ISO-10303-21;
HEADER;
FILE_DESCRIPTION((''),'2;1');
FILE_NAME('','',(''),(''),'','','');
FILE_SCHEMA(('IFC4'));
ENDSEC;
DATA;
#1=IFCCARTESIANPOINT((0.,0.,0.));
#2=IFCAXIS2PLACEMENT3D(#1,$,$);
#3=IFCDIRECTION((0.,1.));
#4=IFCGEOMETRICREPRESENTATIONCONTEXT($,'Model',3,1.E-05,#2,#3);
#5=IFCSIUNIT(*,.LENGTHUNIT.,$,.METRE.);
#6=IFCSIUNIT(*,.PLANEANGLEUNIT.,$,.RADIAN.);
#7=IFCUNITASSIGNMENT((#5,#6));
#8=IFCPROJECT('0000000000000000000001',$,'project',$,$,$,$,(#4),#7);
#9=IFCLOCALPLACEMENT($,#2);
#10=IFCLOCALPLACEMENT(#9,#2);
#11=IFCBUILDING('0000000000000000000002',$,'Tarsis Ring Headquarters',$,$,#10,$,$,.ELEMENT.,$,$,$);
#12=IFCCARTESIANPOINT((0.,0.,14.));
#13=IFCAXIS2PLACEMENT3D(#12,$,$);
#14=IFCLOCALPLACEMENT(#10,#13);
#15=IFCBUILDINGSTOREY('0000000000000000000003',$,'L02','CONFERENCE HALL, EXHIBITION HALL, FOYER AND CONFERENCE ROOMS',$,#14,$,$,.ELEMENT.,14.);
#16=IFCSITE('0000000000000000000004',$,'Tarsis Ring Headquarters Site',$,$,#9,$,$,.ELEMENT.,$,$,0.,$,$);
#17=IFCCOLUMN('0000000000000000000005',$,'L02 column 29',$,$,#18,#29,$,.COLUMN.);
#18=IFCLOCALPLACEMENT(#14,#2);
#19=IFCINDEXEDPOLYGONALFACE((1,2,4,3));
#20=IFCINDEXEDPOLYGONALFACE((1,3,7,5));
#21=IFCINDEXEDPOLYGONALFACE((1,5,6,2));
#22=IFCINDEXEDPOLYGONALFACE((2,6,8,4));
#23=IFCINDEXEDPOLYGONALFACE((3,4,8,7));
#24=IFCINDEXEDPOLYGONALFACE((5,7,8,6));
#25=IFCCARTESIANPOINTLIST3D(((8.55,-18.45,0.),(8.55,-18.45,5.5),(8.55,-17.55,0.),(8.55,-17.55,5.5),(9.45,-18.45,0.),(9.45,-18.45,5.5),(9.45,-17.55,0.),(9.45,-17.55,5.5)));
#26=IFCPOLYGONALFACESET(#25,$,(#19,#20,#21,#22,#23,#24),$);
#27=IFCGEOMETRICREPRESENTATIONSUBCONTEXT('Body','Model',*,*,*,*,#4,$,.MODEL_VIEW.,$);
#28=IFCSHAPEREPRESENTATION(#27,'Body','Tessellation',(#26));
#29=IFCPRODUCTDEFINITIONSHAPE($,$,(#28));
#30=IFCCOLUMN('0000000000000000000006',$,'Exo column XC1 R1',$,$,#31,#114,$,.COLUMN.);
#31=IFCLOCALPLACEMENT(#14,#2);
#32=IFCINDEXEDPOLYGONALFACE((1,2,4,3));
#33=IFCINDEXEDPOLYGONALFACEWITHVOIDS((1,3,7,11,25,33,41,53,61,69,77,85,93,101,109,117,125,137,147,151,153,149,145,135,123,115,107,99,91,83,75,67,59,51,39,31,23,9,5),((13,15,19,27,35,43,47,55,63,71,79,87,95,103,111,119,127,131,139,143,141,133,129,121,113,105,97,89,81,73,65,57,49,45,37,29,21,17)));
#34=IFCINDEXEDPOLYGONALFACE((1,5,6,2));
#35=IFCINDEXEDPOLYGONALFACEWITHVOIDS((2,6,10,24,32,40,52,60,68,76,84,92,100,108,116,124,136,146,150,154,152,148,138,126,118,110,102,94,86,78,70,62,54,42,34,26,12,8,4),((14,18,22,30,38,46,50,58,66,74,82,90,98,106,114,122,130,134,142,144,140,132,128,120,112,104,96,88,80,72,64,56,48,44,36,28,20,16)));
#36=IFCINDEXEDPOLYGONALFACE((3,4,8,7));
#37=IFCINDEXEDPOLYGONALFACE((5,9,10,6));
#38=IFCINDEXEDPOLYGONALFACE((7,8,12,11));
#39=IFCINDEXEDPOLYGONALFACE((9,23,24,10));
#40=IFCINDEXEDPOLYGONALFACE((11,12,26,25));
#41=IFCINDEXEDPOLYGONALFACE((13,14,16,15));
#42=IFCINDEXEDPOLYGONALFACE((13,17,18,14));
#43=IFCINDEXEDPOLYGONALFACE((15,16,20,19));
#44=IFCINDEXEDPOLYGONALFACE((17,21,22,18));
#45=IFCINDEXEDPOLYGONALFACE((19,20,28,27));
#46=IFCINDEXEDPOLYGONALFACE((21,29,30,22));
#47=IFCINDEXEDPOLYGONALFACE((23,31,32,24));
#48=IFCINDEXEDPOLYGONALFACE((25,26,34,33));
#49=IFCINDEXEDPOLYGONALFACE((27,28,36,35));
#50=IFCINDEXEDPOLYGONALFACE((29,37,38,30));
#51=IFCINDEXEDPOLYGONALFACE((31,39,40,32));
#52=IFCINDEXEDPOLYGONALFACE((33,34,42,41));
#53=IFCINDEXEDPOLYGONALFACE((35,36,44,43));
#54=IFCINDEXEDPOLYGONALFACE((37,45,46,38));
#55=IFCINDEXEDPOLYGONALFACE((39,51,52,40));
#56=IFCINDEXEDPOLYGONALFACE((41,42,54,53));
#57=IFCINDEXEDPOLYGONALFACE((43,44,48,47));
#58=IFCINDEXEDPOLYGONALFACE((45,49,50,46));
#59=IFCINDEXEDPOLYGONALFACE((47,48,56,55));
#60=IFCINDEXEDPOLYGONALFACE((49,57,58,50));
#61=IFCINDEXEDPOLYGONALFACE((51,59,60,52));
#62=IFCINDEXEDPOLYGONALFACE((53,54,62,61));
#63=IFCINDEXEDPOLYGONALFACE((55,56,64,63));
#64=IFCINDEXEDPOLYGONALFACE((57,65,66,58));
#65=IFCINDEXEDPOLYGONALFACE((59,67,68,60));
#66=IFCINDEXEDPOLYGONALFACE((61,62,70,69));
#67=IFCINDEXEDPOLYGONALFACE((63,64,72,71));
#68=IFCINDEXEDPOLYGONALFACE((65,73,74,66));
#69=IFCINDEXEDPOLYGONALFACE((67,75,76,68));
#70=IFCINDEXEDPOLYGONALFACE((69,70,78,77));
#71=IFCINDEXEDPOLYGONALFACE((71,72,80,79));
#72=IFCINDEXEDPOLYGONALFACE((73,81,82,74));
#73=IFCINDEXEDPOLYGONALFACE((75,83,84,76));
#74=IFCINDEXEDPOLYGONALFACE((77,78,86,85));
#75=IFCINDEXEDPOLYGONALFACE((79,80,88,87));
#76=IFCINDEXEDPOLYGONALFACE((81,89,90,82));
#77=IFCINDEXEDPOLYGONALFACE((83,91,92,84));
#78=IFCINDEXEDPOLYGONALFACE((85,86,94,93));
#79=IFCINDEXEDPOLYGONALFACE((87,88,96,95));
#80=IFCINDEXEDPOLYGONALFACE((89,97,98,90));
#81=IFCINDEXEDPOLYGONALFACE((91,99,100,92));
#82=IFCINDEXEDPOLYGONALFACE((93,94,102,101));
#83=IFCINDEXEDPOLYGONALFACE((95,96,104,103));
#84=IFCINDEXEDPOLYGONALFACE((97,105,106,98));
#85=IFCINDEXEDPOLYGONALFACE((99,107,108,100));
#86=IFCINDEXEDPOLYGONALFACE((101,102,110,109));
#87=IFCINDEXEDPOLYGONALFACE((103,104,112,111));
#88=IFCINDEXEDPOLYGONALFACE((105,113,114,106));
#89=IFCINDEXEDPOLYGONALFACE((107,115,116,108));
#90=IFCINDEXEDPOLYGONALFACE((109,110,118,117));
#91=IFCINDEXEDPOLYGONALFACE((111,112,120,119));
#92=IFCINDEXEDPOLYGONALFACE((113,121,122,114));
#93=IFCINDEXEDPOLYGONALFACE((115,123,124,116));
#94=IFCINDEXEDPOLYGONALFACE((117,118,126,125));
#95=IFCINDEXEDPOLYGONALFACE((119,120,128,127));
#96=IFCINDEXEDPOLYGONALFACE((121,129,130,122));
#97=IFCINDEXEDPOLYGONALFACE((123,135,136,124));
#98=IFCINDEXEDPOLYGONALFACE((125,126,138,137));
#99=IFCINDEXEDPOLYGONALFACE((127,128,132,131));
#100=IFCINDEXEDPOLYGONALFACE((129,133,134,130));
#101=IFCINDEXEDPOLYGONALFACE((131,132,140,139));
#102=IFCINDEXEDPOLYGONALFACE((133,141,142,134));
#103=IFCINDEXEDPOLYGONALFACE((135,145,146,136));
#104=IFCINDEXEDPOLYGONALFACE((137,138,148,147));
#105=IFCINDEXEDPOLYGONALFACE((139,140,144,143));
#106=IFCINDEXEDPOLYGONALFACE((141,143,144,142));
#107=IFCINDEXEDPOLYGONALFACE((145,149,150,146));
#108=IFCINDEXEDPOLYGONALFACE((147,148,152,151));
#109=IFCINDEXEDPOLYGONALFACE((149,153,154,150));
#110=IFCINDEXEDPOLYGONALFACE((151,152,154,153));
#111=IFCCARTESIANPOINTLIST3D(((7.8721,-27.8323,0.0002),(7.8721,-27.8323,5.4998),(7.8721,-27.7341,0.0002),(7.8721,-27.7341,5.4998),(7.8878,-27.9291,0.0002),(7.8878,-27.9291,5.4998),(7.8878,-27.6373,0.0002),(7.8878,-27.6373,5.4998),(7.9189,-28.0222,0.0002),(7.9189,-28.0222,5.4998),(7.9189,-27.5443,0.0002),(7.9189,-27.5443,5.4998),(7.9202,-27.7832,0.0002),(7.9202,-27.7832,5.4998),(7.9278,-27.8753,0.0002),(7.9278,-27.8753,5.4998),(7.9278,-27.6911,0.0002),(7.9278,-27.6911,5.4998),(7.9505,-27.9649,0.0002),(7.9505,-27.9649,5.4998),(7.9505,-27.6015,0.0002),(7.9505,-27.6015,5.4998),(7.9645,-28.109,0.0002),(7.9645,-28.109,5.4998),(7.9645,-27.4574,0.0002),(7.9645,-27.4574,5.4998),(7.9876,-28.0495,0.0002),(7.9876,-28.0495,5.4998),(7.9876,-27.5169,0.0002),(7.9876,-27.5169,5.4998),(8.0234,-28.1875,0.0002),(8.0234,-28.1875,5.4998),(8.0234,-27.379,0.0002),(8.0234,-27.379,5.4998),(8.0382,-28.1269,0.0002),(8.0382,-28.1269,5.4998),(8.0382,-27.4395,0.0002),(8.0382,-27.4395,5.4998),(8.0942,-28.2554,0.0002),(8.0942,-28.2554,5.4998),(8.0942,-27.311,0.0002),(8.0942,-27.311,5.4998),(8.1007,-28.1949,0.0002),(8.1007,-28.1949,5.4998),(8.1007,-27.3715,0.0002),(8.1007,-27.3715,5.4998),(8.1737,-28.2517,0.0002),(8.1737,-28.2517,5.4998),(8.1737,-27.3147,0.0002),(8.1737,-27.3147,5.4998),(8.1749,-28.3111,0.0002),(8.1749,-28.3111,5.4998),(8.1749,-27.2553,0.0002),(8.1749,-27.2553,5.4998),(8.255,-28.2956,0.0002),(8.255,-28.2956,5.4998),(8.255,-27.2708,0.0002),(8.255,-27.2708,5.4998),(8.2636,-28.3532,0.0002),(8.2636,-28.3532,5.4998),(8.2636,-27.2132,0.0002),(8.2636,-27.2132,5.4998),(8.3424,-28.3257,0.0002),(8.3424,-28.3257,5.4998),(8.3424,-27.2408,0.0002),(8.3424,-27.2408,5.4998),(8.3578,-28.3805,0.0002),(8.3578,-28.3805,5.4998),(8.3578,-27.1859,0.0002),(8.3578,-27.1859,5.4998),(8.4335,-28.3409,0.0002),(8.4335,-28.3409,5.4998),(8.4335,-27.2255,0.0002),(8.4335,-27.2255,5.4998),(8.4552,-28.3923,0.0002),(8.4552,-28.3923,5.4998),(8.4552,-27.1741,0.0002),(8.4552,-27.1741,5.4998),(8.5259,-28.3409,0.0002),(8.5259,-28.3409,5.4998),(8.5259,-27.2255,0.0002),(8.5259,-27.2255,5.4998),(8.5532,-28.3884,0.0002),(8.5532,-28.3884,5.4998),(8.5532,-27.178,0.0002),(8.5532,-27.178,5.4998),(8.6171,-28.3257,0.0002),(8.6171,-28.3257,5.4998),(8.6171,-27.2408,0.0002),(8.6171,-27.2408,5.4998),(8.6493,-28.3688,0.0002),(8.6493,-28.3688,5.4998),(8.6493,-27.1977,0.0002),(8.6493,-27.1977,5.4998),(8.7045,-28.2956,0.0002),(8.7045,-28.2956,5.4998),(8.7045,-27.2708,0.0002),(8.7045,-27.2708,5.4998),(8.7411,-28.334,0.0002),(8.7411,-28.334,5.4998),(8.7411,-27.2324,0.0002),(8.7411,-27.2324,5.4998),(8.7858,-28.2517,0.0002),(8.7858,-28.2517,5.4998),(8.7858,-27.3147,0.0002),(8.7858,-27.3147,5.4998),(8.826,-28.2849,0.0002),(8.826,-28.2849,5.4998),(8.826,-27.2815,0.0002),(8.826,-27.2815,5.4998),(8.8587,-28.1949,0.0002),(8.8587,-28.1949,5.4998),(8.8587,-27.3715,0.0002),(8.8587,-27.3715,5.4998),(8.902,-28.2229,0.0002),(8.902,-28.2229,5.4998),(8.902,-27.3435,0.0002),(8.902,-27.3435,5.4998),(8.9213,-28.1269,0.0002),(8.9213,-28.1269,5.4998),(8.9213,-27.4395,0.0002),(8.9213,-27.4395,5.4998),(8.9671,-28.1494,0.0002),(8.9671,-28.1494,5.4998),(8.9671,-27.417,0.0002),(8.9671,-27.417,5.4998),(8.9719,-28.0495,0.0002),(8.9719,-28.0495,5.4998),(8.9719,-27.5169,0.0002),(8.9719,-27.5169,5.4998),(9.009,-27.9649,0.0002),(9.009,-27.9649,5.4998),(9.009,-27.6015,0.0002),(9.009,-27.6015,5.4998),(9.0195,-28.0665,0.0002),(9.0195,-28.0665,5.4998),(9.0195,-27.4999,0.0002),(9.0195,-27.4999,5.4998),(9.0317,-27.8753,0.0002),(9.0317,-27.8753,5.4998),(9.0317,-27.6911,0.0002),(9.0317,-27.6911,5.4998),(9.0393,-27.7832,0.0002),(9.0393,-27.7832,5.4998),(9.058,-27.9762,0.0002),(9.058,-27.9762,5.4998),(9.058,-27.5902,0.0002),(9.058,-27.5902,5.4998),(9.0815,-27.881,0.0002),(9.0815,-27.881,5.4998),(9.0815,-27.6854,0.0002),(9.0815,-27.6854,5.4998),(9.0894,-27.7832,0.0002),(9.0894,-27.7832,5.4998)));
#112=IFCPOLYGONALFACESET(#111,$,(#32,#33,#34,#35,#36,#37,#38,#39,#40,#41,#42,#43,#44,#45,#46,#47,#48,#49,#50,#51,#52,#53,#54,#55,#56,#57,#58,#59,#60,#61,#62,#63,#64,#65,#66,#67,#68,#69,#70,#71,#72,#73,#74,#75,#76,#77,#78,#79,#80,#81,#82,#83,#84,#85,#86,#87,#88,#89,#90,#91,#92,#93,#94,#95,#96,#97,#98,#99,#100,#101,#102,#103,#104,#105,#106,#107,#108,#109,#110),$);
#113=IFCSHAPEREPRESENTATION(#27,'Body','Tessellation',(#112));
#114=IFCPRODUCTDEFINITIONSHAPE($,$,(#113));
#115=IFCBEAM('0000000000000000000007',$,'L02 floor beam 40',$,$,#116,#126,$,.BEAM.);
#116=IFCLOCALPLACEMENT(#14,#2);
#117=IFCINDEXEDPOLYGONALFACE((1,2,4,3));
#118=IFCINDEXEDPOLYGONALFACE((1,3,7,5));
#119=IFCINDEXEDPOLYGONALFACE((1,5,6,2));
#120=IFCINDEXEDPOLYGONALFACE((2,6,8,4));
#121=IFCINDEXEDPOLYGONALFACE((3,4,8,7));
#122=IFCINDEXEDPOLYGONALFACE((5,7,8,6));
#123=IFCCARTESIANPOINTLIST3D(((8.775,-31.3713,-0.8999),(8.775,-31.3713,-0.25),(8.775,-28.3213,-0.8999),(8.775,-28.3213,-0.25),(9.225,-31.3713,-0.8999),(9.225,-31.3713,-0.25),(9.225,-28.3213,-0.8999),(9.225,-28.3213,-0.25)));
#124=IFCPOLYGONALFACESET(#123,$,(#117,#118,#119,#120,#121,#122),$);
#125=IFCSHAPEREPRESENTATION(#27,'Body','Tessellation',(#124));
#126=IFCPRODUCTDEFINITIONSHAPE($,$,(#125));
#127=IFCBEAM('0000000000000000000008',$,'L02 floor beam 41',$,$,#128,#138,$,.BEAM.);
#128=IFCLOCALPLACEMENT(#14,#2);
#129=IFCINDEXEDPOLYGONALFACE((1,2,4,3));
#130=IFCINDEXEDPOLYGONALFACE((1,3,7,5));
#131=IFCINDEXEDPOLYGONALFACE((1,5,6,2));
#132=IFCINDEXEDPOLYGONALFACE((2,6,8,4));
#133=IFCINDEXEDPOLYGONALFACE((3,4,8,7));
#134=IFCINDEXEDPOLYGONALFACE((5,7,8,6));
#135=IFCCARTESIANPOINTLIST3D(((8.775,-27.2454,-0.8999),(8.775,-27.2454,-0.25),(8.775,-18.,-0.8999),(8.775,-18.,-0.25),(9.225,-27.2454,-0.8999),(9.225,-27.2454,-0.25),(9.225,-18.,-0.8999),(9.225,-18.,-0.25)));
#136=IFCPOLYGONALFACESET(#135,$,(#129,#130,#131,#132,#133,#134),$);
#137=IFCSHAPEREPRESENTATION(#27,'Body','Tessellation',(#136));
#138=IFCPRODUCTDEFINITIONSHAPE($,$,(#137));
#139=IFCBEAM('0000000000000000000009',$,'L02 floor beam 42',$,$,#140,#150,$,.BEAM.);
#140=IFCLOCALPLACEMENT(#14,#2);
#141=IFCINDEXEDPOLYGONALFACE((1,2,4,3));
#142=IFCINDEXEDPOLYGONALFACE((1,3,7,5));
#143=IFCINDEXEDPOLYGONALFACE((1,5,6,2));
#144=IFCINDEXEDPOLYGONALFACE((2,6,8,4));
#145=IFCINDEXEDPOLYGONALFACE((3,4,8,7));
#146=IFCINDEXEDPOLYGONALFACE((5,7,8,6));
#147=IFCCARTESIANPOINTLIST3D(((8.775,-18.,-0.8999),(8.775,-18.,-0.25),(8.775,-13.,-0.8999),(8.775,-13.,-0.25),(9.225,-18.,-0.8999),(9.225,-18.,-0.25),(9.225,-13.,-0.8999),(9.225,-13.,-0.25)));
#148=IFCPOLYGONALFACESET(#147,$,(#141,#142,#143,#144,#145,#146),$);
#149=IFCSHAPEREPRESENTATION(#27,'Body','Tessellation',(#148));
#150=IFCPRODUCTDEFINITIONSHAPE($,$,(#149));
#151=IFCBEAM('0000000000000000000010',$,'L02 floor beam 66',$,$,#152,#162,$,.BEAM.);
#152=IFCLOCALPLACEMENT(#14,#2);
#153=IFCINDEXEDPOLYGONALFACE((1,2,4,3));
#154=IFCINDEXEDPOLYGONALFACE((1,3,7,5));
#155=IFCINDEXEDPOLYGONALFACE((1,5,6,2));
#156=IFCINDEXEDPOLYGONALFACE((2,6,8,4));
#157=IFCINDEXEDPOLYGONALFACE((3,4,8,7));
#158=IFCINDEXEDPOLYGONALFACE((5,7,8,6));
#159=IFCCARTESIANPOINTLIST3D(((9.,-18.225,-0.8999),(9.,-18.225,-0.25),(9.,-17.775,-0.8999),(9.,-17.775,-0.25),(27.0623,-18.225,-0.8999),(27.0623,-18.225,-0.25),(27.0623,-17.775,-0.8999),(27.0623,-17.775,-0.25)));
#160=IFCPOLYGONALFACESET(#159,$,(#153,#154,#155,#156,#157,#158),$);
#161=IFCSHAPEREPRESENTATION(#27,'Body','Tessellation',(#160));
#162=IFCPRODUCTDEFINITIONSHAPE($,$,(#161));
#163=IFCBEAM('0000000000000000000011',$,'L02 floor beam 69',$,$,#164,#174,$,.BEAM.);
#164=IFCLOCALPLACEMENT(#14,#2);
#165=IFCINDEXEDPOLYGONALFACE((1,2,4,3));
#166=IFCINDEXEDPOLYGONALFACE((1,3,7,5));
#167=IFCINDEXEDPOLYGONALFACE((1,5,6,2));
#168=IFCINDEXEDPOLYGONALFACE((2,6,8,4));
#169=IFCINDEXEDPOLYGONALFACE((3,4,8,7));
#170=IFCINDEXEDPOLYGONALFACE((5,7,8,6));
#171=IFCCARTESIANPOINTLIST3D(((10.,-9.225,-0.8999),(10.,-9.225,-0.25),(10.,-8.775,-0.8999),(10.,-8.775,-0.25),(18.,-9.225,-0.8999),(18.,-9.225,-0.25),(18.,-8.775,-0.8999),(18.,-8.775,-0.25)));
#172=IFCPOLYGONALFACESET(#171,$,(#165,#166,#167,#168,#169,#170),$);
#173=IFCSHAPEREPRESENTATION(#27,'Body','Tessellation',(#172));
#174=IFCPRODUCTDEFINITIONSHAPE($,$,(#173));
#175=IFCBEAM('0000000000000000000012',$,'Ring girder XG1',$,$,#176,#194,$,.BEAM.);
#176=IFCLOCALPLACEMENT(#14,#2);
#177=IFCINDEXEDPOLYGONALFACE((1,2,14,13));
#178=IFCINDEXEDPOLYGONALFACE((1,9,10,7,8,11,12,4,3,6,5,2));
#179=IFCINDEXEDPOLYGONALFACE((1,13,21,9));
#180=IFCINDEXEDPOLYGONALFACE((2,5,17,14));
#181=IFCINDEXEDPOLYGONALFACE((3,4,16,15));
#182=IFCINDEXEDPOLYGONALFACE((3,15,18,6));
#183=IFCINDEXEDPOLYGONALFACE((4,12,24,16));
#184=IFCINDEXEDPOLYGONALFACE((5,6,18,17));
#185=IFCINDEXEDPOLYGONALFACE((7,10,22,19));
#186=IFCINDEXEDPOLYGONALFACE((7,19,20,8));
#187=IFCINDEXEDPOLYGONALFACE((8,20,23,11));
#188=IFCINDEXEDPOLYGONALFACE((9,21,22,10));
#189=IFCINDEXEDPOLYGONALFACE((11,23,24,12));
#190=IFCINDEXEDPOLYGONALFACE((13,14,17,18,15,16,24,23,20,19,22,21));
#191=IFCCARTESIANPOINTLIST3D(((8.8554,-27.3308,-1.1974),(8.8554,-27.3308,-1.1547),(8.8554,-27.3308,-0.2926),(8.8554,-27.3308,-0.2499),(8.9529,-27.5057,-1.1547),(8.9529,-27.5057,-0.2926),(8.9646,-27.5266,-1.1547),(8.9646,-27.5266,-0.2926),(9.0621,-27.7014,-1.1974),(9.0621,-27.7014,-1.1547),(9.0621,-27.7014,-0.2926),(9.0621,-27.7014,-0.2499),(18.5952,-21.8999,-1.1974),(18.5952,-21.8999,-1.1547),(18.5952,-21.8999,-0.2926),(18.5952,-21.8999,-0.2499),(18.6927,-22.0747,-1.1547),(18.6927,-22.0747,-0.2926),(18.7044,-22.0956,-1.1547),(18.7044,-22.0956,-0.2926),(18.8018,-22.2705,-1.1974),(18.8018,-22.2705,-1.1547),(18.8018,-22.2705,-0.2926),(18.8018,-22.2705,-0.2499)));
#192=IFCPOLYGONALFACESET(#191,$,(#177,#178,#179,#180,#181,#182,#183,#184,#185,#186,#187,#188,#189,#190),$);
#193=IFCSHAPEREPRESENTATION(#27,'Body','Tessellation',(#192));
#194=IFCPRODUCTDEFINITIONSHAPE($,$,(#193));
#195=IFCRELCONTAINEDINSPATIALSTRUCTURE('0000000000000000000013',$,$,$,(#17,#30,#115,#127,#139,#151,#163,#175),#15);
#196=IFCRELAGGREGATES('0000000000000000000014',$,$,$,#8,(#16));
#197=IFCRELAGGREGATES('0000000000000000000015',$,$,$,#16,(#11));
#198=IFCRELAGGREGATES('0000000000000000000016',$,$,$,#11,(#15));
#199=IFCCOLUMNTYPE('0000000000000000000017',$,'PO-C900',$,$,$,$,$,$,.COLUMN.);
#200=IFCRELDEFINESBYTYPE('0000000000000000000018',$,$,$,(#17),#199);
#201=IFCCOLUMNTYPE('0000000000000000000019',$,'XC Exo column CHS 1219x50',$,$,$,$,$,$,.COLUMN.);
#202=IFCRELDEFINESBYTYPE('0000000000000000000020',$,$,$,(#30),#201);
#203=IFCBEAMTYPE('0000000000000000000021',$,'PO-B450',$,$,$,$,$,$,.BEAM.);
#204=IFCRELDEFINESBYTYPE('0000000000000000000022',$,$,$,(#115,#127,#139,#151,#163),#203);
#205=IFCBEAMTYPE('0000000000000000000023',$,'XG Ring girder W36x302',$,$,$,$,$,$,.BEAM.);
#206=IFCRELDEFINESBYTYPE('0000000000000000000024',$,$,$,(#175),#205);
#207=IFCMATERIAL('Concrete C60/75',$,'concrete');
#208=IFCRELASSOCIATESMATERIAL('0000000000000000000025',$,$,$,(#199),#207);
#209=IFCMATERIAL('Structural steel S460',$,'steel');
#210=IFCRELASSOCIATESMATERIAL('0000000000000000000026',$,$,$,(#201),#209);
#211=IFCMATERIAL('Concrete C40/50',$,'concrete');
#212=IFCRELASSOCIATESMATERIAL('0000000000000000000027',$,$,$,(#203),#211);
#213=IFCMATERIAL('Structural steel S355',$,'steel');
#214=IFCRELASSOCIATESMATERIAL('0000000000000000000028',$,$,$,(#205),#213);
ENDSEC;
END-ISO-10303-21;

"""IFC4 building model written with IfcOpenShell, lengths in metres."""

from ifc_helpers import new_model, si_unit, direction, frame, origin, origin_2d, place, context, subcontext, project, spatial, rectangle, hollow_circle, i_section, extrude, material, material_profile, profile_set, type_object, element, save


model = new_model("IFC4")

# Units and contexts
model_context = context("Model", 3, precision=1e-05, world=origin(), true_north=direction((0.0, 1.0)))
body_context = subcontext(model_context, "Body", "Model", "MODEL_VIEW")
ifc_project = project(units=[si_unit("LENGTHUNIT", "METRE"), si_unit("PLANEANGLEUNIT", "RADIAN")], contexts=[model_context])

# Site, building, storey
site_placement = place(None, origin())
site = spatial("IfcSite", under=ifc_project, at=site_placement, Name="Tarsis Ring Headquarters Site", CompositionType="ELEMENT", RefElevation=0.0)
building_placement = place(site_placement, origin())
building = spatial("IfcBuilding", under=site, at=building_placement, Name="Tarsis Ring Headquarters", CompositionType="ELEMENT")
storey_placement = place(building_placement, frame((0.0, 0.0, 14.0)))
storey = spatial("IfcBuildingStorey", under=building, at=storey_placement, Name="L02", Description="CONFERENCE HALL, EXHIBITION HALL, FOYER AND CONFERENCE ROOMS", CompositionType="ELEMENT", Elevation=14.0)

# Columns
ifc_material_1 = material(Name="Concrete C60/75", Category="concrete")
ifc_material_profile_1 = material_profile(ifc_material_1, rectangle(XDim=0.8999, YDim=0.8999, at=origin_2d()), Name="PO-C900")
ifc_profile_set_1 = profile_set([ifc_material_profile_1], Name="Concrete C60/75")
column_type_1 = type_object("IfcColumnType", Name="PO-C900", PredefinedType="COLUMN", material=ifc_profile_set_1)
column_1_placement = place(storey_placement, frame((9.0, -18.0, 0.0), z_axis=(0.0, 0.0, 1.0), x_axis=(1.0, 0.0, 0.0)))
element("IfcColumn", 1, at=column_1_placement, inside=storey, type_object=column_type_1, Name="L02 column 29", PredefinedType="COLUMN", context=body_context, shape_type="SweptSolid", body=[
    extrude(rectangle(XDim=0.8999, YDim=0.8999, at=origin_2d()), origin(), (0.0, 0.0, 1.0), 5.5),
])
ifc_material_2 = material(Name="Structural steel S460", Category="steel")
ifc_material_profile_2 = material_profile(ifc_material_2, hollow_circle(Radius=0.6096, WallThickness=0.05, at=origin_2d()), Name="CHS 1219x50")
ifc_profile_set_2 = profile_set([ifc_material_profile_2], Name="Structural steel S460")
column_type_2 = type_object("IfcColumnType", Name="XC Exo column CHS 1219x50", PredefinedType="COLUMN", material=ifc_profile_set_2)
column_2_placement = place(storey_placement, frame((8.4797, -27.7832, 0.0002), z_axis=(0.0, 0.0, 1.0), x_axis=(1.0, 0.0, 0.0)))
element("IfcColumn", 2, at=column_2_placement, inside=storey, type_object=column_type_2, Name="Exo column XC1 R1", PredefinedType="COLUMN", context=body_context, shape_type="SweptSolid", body=[
    extrude(hollow_circle(Radius=0.6096, WallThickness=0.05, at=origin_2d()), origin(), (0.0, 0.0, 1.0), 5.4995),
])

# Beams
ifc_material_3 = material(Name="Concrete C40/50", Category="concrete")
ifc_material_profile_3 = material_profile(ifc_material_3, rectangle(XDim=0.45, YDim=0.6499, at=origin_2d()), Name="PO-B450")
ifc_profile_set_3 = profile_set([ifc_material_profile_3], Name="Concrete C40/50")
beam_type_1 = type_object("IfcBeamType", Name="PO-B450", PredefinedType="BEAM", material=ifc_profile_set_3)
beam_1_placement = place(storey_placement, frame((9.0, -31.3713, -0.575), z_axis=(0.0, 1.0, 0.0), x_axis=(-1.0, 0.0, 0.0)))
element("IfcBeam", 3, at=beam_1_placement, inside=storey, type_object=beam_type_1, Name="L02 floor beam 40", PredefinedType="BEAM", context=body_context, shape_type="SweptSolid", body=[
    extrude(rectangle(XDim=0.45, YDim=0.6499, at=origin_2d()), origin(), (0.0, 0.0, 1.0), 3.05),
])
beam_2_placement = place(storey_placement, frame((9.0, -27.2454, -0.575), z_axis=(0.0, 1.0, 0.0), x_axis=(-1.0, 0.0, 0.0)))
element("IfcBeam", 4, at=beam_2_placement, inside=storey, type_object=beam_type_1, Name="L02 floor beam 41", PredefinedType="BEAM", context=body_context, shape_type="SweptSolid", body=[
    extrude(rectangle(XDim=0.45, YDim=0.6499, at=origin_2d()), origin(), (0.0, 0.0, 1.0), 9.2454),
])
beam_3_placement = place(storey_placement, frame((9.0, -18.0, -0.575), z_axis=(0.0, 1.0, 0.0), x_axis=(-1.0, 0.0, 0.0)))
element("IfcBeam", 5, at=beam_3_placement, inside=storey, type_object=beam_type_1, Name="L02 floor beam 42", PredefinedType="BEAM", context=body_context, shape_type="SweptSolid", body=[
    extrude(rectangle(XDim=0.45, YDim=0.6499, at=origin_2d()), origin(), (0.0, 0.0, 1.0), 5.0),
])
beam_4_placement = place(storey_placement, frame((9.0, -18.0, -0.575), z_axis=(1.0, 0.0, 0.0), x_axis=(0.0, 1.0, 0.0)))
element("IfcBeam", 6, at=beam_4_placement, inside=storey, type_object=beam_type_1, Name="L02 floor beam 66", PredefinedType="BEAM", context=body_context, shape_type="SweptSolid", body=[
    extrude(rectangle(XDim=0.45, YDim=0.6499, at=origin_2d()), origin(), (0.0, 0.0, 1.0), 18.0623),
])
beam_5_placement = place(storey_placement, frame((10.0, -9.0, -0.575), z_axis=(1.0, 0.0, 0.0), x_axis=(0.0, 1.0, 0.0)))
element("IfcBeam", 7, at=beam_5_placement, inside=storey, type_object=beam_type_1, Name="L02 floor beam 69", PredefinedType="BEAM", context=body_context, shape_type="SweptSolid", body=[
    extrude(rectangle(XDim=0.45, YDim=0.6499, at=origin_2d()), origin(), (0.0, 0.0, 1.0), 8.0),
])
ifc_material_4 = material(Name="Structural steel S355", Category="steel")
ifc_material_profile_4 = material_profile(ifc_material_4, i_section(OverallWidth=0.4243, OverallDepth=0.9475, WebThickness=0.0239, FlangeThickness=0.0427, at=origin_2d()), Name="W36x302")
ifc_profile_set_4 = profile_set([ifc_material_profile_4], Name="Structural steel S355")
beam_type_2 = type_object("IfcBeamType", Name="XG Ring girder W36x302", PredefinedType="BEAM", material=ifc_profile_set_4)
beam_6_placement = place(storey_placement, frame((8.9587, -27.5161, -0.7236), z_axis=(0.873397, 0.487009, 0.0), x_axis=(-0.487009, 0.873397, 0.0)))
element("IfcBeam", 8, at=beam_6_placement, inside=storey, type_object=beam_type_2, Name="Ring girder XG1", PredefinedType="BEAM", context=body_context, shape_type="SweptSolid", body=[
    extrude(i_section(OverallWidth=0.4243, OverallDepth=0.9475, WebThickness=0.0239, FlangeThickness=0.0427, at=origin_2d()), origin(), (0.0, 0.0, 1.0), 11.1516),
])

save(model, "model.ifc")
